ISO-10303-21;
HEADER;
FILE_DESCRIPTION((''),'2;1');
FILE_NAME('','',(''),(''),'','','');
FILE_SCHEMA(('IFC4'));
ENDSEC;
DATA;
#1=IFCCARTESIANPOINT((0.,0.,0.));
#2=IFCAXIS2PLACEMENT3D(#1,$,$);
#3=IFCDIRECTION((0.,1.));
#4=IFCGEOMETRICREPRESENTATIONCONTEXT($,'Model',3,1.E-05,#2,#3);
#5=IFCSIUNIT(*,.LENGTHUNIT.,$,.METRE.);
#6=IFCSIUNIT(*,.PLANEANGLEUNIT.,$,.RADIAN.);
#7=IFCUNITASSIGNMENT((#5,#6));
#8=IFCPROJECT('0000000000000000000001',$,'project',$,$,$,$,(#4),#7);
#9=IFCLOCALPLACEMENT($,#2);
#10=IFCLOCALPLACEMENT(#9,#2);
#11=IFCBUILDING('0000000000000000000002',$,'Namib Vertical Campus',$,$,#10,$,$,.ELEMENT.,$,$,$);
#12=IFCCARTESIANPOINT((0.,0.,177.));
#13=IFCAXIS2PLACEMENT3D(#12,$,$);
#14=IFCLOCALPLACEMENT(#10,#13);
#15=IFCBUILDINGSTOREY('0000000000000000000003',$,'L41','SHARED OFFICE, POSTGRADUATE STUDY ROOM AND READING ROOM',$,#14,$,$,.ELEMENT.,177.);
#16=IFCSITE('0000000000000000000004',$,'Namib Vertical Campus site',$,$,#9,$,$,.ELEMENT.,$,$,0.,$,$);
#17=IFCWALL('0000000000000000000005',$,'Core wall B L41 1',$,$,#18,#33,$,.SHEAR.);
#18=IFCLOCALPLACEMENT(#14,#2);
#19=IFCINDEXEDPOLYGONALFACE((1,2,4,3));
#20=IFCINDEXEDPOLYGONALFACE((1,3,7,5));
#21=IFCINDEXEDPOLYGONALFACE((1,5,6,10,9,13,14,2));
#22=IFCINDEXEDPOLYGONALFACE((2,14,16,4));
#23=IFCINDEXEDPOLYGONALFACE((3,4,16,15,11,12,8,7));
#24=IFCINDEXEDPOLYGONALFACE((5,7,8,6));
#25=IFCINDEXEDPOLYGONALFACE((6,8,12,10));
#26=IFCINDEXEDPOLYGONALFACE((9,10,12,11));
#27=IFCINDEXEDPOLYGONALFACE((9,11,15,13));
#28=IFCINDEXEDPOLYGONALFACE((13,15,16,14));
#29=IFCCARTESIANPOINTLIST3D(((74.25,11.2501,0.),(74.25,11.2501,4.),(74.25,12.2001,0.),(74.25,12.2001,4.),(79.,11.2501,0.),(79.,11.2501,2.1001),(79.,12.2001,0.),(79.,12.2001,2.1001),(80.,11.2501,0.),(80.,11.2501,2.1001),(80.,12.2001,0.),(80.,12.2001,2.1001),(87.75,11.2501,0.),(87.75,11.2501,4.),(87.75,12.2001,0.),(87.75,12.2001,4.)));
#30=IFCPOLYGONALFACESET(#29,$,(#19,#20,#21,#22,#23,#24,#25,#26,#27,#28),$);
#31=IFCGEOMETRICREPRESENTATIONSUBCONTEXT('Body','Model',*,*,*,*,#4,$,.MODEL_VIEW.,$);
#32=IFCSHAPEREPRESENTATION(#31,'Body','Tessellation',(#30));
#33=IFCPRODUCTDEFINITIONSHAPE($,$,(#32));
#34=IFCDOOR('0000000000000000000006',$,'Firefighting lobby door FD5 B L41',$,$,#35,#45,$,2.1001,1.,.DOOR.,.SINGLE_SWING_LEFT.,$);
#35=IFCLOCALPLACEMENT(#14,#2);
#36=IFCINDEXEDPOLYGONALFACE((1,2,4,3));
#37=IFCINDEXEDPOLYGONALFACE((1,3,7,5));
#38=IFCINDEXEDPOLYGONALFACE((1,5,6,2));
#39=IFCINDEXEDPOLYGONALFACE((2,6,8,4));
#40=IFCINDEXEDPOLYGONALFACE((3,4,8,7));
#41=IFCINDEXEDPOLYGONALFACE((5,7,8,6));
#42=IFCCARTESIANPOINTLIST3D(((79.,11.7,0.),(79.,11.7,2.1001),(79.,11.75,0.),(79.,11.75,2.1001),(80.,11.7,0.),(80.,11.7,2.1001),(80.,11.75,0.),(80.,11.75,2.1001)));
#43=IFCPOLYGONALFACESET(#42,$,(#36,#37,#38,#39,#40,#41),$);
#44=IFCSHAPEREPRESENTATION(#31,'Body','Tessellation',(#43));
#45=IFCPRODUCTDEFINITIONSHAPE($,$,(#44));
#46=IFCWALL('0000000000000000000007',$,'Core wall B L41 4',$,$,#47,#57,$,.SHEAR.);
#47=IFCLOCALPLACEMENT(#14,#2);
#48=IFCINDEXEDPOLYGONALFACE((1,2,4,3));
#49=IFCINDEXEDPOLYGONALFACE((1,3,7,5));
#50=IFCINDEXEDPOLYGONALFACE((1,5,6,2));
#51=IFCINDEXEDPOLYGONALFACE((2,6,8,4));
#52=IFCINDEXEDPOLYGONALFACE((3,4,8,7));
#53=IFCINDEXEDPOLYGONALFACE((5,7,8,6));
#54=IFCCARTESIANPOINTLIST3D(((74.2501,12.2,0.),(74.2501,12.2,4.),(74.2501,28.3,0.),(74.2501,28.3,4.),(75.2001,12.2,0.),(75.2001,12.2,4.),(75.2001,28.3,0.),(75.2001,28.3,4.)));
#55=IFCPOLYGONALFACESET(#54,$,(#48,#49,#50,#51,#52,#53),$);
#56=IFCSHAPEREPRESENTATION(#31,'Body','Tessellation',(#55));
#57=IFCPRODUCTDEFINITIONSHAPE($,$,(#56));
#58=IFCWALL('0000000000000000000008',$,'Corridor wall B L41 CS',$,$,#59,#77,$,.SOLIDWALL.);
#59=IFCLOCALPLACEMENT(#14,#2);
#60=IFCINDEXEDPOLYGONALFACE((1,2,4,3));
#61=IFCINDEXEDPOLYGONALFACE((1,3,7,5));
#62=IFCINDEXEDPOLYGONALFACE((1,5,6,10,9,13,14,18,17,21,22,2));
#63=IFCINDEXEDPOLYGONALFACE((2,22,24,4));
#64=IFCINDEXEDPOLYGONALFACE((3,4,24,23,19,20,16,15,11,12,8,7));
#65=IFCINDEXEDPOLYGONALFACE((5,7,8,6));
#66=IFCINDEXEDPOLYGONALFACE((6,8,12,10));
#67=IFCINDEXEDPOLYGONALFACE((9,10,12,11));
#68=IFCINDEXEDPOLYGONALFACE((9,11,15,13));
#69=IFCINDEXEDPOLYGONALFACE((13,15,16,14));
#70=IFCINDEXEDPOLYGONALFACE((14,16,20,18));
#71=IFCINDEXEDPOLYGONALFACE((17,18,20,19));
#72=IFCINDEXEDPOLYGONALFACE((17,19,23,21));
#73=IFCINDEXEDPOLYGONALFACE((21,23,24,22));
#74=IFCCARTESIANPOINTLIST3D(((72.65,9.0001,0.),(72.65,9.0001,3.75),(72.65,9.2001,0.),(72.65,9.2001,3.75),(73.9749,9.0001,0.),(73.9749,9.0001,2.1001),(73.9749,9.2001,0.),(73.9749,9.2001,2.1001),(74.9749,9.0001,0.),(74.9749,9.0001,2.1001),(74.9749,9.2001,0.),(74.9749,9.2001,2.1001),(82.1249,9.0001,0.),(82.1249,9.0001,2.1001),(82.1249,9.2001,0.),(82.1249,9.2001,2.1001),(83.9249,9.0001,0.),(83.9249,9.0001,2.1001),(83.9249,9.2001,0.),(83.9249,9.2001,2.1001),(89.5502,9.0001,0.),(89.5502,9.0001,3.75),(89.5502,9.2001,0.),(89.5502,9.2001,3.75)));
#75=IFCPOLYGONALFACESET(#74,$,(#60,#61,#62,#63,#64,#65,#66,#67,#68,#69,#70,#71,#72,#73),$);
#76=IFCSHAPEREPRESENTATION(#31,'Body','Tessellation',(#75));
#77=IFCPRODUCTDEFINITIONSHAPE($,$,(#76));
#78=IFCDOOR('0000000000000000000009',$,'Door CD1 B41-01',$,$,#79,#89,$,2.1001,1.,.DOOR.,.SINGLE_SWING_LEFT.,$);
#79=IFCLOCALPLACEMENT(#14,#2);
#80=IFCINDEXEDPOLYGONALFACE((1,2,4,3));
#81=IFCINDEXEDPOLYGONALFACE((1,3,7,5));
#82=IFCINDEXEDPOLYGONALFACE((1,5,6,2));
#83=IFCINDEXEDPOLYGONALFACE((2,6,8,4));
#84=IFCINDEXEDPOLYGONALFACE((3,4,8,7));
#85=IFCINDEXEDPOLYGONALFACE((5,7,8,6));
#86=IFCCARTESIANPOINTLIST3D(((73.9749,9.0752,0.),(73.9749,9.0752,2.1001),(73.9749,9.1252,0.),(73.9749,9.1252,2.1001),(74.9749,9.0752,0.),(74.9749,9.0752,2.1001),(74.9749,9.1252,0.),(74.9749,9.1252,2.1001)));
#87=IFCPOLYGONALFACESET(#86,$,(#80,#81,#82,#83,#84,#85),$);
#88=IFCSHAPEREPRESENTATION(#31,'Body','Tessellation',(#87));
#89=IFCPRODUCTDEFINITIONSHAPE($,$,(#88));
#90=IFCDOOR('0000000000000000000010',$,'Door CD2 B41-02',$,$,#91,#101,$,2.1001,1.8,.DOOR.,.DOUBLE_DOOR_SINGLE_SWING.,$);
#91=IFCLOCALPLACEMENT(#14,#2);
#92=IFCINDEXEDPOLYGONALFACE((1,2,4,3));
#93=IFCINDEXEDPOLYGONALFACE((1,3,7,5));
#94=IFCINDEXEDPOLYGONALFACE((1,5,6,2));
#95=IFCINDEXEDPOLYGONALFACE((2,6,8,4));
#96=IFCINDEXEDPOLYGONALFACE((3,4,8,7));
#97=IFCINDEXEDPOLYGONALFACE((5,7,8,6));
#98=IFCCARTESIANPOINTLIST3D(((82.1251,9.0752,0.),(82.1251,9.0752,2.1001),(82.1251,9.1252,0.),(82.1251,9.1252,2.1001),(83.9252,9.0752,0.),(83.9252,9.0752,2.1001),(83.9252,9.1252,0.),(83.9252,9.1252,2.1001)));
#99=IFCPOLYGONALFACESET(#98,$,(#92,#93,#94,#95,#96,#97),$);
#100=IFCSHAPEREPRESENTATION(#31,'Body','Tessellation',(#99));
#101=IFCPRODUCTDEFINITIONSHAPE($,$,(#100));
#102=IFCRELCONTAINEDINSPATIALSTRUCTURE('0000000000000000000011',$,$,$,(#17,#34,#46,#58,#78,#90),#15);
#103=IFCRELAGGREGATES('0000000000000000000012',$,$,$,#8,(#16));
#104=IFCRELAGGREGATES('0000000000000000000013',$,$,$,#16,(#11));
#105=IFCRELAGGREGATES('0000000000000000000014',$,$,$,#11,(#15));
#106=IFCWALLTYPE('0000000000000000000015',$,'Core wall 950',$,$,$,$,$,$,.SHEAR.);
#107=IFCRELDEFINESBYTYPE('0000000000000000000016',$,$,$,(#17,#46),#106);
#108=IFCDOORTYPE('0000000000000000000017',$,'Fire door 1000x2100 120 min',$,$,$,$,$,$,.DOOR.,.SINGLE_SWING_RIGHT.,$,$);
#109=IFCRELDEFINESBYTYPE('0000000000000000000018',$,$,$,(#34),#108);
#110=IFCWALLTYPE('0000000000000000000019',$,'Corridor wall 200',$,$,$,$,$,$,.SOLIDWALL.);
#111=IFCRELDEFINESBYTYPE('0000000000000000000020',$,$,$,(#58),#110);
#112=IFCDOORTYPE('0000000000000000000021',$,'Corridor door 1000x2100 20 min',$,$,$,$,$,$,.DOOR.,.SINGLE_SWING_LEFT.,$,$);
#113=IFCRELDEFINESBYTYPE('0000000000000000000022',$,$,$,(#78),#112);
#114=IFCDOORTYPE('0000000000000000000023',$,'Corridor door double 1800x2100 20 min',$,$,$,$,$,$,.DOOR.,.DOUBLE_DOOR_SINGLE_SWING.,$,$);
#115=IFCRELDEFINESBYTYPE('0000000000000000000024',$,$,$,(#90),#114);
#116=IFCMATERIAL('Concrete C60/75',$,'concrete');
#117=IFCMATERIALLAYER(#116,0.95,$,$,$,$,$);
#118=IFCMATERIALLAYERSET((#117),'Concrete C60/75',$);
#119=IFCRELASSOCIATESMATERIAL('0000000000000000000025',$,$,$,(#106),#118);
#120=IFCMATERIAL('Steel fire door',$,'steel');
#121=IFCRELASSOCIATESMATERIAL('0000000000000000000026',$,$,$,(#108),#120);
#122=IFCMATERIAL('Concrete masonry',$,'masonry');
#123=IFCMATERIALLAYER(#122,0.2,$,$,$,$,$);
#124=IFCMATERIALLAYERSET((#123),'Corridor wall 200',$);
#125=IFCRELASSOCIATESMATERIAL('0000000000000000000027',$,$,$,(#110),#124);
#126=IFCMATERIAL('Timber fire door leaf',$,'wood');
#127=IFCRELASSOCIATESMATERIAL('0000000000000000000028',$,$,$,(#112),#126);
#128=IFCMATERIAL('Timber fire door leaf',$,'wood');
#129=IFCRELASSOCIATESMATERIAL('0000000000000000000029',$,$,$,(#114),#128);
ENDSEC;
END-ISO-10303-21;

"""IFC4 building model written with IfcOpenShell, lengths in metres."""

from ifc_helpers import new_model, si_unit, direction, frame, frame_2d, origin, place, context, subcontext, project, spatial, rectangle, extrude, material, layer, layer_set, type_object, element, fill, save


model = new_model("IFC4")

# Units and contexts
model_context = context("Model", 3, precision=1e-05, world=origin(), true_north=direction((0.0, 1.0)))
body_context = subcontext(model_context, "Body", "Model", "MODEL_VIEW")
ifc_project = project(units=[si_unit("LENGTHUNIT", "METRE"), si_unit("PLANEANGLEUNIT", "RADIAN")], contexts=[model_context])

# Site, building, storey
site_placement = place(None, origin())
site = spatial("IfcSite", under=ifc_project, at=site_placement, Name="Namib Vertical Campus site", CompositionType="ELEMENT", RefElevation=0.0)
building_placement = place(site_placement, origin())
building = spatial("IfcBuilding", under=site, at=building_placement, Name="Namib Vertical Campus", CompositionType="ELEMENT")
storey_placement = place(building_placement, frame((0.0, 0.0, 177.0)))
storey = spatial("IfcBuildingStorey", under=building, at=storey_placement, Name="L41", Description="SHARED OFFICE, POSTGRADUATE STUDY ROOM AND READING ROOM", CompositionType="ELEMENT", Elevation=177.0)

# Wall, opening, door
ifc_material_1 = material(Name="Concrete C60/75", Category="concrete")
ifc_layer_1 = layer(ifc_material_1, 0.95)
ifc_layer_set_1 = layer_set([ifc_layer_1], Name="Concrete C60/75")
wall_type_1 = type_object("IfcWallType", Name="Core wall 950", PredefinedType="SHEAR", material=ifc_layer_set_1)
wall_1_placement = place(storey_placement, frame((74.25, 11.7251, 0.0), z_axis=(0.0, 0.0, 1.0), x_axis=(1.0, 0.0, 0.0)))
wall_1 = element("IfcWall", 1, at=wall_1_placement, inside=storey, type_object=wall_type_1, Name="Core wall B L41 1", PredefinedType="SHEAR", context=body_context, shape_type="SweptSolid", body=[
    extrude(rectangle(XDim=13.5, YDim=0.95, at=frame_2d((6.75, 0.0))), origin(), (0.0, 0.0, 1.0), 4.0),
])
opening_1_placement = place(wall_1_placement, frame((4.75, 0.0, 0.0)))
opening_1 = element("IfcOpeningElement", 2, at=opening_1_placement, cuts=wall_1, PredefinedType="OPENING", context=body_context, shape_type="SweptSolid", body=[
    extrude(rectangle(XDim=1.0, YDim=2.1001, at=frame_2d((0.5, 1.05))), frame((0.0, 0.4849, 0.0), z_axis=(0.0, -1.0, 0.0), x_axis=(1.0, 0.0, 0.0)), (0.0, 0.0, 1.0), 0.97),
])
ifc_material_2 = material(Name="Steel fire door", Category="steel")
door_type_1 = type_object("IfcDoorType", Name="Fire door 1000x2100 120 min", OperationType="SINGLE_SWING_RIGHT", PredefinedType="DOOR", material=ifc_material_2)
door_1_placement = place(opening_1_placement, origin())
door_1 = element("IfcDoor", 3, at=door_1_placement, inside=storey, type_object=door_type_1, Name="Firefighting lobby door FD5 B L41", OperationType="SINGLE_SWING_LEFT", OverallHeight=2.1001, OverallWidth=1.0, PredefinedType="DOOR", context=body_context, shape_type="SweptSolid", body=[
    extrude(rectangle(XDim=1.0, YDim=2.1001, at=frame_2d((0.5, 1.05))), frame((0.0, 0.0249, 0.0), z_axis=(0.0, -1.0, 0.0), x_axis=(1.0, 0.0, 0.0)), (0.0, 0.0, 1.0), 0.05),
])
fill(opening_1, door_1)

# Wall
wall_2_placement = place(storey_placement, frame((74.7251, 28.3, 0.0), z_axis=(0.0, 0.0, 1.0), x_axis=(0.0, -1.0, 0.0)))
element("IfcWall", 4, at=wall_2_placement, inside=storey, type_object=wall_type_1, Name="Core wall B L41 4", PredefinedType="SHEAR", context=body_context, shape_type="SweptSolid", body=[
    extrude(rectangle(XDim=16.1001, YDim=0.95, at=frame_2d((8.05, 0.0))), origin(), (0.0, 0.0, 1.0), 4.0),
])

# Wall, openings, doors
ifc_material_3 = material(Name="Concrete masonry", Category="masonry")
ifc_layer_2 = layer(ifc_material_3, 0.2)
ifc_layer_set_2 = layer_set([ifc_layer_2], Name="Corridor wall 200")
wall_type_2 = type_object("IfcWallType", Name="Corridor wall 200", PredefinedType="SOLIDWALL", material=ifc_layer_set_2)
wall_3_placement = place(storey_placement, frame((72.6499, 9.1001, 0.0), z_axis=(0.0, 0.0, 1.0), x_axis=(1.0, 0.0, 0.0)))
wall_3 = element("IfcWall", 5, at=wall_3_placement, inside=storey, type_object=wall_type_2, Name="Corridor wall B L41 CS", PredefinedType="SOLIDWALL", context=body_context, shape_type="SweptSolid", body=[
    extrude(rectangle(XDim=16.9001, YDim=0.2, at=frame_2d((8.4502, 0.0))), origin(), (0.0, 0.0, 1.0), 3.75),
])
opening_2_placement = place(wall_3_placement, frame((1.325, 0.0, 0.0)))
opening_2 = element("IfcOpeningElement", 6, at=opening_2_placement, cuts=wall_3, PredefinedType="OPENING", context=body_context, shape_type="SweptSolid", body=[
    extrude(rectangle(XDim=1.0, YDim=2.1001, at=frame_2d((0.5, 1.05))), frame((0.0, 0.1099, 0.0), z_axis=(0.0, -1.0, 0.0), x_axis=(1.0, 0.0, 0.0)), (0.0, 0.0, 1.0), 0.22),
])
opening_3_placement = place(wall_3_placement, frame((9.4751, 0.0, 0.0)))
opening_3 = element("IfcOpeningElement", 7, at=opening_3_placement, cuts=wall_3, PredefinedType="OPENING", context=body_context, shape_type="SweptSolid", body=[
    extrude(rectangle(XDim=1.8, YDim=2.1001, at=frame_2d((0.8999, 1.05))), frame((0.0, 0.1099, 0.0), z_axis=(0.0, -1.0, 0.0), x_axis=(1.0, 0.0, 0.0)), (0.0, 0.0, 1.0), 0.22),
])
ifc_material_4 = material(Name="Timber fire door leaf", Category="wood")
door_type_2 = type_object("IfcDoorType", Name="Corridor door 1000x2100 20 min", OperationType="SINGLE_SWING_LEFT", PredefinedType="DOOR", material=ifc_material_4)
door_2_placement = place(opening_2_placement, frame((1.0, 0.0, 0.0), z_axis=(0.0, 0.0, 1.0), x_axis=(-1.0, 0.0, 0.0)))
door_2 = element("IfcDoor", 8, at=door_2_placement, inside=storey, type_object=door_type_2, Name="Door CD1 B41-01", OperationType="SINGLE_SWING_LEFT", OverallHeight=2.1001, OverallWidth=1.0, PredefinedType="DOOR", context=body_context, shape_type="SweptSolid", body=[
    extrude(rectangle(XDim=1.0, YDim=2.1001, at=frame_2d((0.5, 1.05))), frame((0.0, 0.0249, 0.0), z_axis=(0.0, -1.0, 0.0), x_axis=(1.0, 0.0, 0.0)), (0.0, 0.0, 1.0), 0.05),
])
fill(opening_2, door_2)
ifc_material_5 = material(Name="Timber fire door leaf", Category="wood")
door_type_3 = type_object("IfcDoorType", Name="Corridor door double 1800x2100 20 min", OperationType="DOUBLE_DOOR_SINGLE_SWING", PredefinedType="DOOR", material=ifc_material_5)
door_3_placement = place(opening_3_placement, frame((1.8, 0.0, 0.0), z_axis=(0.0, 0.0, 1.0), x_axis=(-1.0, 0.0, 0.0)))
door_3 = element("IfcDoor", 9, at=door_3_placement, inside=storey, type_object=door_type_3, Name="Door CD2 B41-02", OperationType="DOUBLE_DOOR_SINGLE_SWING", OverallHeight=2.1001, OverallWidth=1.8, PredefinedType="DOOR", context=body_context, shape_type="SweptSolid", body=[
    extrude(rectangle(XDim=1.8, YDim=2.1001, at=frame_2d((0.8999, 1.05))), frame((0.0, 0.0249, 0.0), z_axis=(0.0, -1.0, 0.0), x_axis=(1.0, 0.0, 0.0)), (0.0, 0.0, 1.0), 0.05),
])
fill(opening_3, door_3)

save(model, "model.ifc")
